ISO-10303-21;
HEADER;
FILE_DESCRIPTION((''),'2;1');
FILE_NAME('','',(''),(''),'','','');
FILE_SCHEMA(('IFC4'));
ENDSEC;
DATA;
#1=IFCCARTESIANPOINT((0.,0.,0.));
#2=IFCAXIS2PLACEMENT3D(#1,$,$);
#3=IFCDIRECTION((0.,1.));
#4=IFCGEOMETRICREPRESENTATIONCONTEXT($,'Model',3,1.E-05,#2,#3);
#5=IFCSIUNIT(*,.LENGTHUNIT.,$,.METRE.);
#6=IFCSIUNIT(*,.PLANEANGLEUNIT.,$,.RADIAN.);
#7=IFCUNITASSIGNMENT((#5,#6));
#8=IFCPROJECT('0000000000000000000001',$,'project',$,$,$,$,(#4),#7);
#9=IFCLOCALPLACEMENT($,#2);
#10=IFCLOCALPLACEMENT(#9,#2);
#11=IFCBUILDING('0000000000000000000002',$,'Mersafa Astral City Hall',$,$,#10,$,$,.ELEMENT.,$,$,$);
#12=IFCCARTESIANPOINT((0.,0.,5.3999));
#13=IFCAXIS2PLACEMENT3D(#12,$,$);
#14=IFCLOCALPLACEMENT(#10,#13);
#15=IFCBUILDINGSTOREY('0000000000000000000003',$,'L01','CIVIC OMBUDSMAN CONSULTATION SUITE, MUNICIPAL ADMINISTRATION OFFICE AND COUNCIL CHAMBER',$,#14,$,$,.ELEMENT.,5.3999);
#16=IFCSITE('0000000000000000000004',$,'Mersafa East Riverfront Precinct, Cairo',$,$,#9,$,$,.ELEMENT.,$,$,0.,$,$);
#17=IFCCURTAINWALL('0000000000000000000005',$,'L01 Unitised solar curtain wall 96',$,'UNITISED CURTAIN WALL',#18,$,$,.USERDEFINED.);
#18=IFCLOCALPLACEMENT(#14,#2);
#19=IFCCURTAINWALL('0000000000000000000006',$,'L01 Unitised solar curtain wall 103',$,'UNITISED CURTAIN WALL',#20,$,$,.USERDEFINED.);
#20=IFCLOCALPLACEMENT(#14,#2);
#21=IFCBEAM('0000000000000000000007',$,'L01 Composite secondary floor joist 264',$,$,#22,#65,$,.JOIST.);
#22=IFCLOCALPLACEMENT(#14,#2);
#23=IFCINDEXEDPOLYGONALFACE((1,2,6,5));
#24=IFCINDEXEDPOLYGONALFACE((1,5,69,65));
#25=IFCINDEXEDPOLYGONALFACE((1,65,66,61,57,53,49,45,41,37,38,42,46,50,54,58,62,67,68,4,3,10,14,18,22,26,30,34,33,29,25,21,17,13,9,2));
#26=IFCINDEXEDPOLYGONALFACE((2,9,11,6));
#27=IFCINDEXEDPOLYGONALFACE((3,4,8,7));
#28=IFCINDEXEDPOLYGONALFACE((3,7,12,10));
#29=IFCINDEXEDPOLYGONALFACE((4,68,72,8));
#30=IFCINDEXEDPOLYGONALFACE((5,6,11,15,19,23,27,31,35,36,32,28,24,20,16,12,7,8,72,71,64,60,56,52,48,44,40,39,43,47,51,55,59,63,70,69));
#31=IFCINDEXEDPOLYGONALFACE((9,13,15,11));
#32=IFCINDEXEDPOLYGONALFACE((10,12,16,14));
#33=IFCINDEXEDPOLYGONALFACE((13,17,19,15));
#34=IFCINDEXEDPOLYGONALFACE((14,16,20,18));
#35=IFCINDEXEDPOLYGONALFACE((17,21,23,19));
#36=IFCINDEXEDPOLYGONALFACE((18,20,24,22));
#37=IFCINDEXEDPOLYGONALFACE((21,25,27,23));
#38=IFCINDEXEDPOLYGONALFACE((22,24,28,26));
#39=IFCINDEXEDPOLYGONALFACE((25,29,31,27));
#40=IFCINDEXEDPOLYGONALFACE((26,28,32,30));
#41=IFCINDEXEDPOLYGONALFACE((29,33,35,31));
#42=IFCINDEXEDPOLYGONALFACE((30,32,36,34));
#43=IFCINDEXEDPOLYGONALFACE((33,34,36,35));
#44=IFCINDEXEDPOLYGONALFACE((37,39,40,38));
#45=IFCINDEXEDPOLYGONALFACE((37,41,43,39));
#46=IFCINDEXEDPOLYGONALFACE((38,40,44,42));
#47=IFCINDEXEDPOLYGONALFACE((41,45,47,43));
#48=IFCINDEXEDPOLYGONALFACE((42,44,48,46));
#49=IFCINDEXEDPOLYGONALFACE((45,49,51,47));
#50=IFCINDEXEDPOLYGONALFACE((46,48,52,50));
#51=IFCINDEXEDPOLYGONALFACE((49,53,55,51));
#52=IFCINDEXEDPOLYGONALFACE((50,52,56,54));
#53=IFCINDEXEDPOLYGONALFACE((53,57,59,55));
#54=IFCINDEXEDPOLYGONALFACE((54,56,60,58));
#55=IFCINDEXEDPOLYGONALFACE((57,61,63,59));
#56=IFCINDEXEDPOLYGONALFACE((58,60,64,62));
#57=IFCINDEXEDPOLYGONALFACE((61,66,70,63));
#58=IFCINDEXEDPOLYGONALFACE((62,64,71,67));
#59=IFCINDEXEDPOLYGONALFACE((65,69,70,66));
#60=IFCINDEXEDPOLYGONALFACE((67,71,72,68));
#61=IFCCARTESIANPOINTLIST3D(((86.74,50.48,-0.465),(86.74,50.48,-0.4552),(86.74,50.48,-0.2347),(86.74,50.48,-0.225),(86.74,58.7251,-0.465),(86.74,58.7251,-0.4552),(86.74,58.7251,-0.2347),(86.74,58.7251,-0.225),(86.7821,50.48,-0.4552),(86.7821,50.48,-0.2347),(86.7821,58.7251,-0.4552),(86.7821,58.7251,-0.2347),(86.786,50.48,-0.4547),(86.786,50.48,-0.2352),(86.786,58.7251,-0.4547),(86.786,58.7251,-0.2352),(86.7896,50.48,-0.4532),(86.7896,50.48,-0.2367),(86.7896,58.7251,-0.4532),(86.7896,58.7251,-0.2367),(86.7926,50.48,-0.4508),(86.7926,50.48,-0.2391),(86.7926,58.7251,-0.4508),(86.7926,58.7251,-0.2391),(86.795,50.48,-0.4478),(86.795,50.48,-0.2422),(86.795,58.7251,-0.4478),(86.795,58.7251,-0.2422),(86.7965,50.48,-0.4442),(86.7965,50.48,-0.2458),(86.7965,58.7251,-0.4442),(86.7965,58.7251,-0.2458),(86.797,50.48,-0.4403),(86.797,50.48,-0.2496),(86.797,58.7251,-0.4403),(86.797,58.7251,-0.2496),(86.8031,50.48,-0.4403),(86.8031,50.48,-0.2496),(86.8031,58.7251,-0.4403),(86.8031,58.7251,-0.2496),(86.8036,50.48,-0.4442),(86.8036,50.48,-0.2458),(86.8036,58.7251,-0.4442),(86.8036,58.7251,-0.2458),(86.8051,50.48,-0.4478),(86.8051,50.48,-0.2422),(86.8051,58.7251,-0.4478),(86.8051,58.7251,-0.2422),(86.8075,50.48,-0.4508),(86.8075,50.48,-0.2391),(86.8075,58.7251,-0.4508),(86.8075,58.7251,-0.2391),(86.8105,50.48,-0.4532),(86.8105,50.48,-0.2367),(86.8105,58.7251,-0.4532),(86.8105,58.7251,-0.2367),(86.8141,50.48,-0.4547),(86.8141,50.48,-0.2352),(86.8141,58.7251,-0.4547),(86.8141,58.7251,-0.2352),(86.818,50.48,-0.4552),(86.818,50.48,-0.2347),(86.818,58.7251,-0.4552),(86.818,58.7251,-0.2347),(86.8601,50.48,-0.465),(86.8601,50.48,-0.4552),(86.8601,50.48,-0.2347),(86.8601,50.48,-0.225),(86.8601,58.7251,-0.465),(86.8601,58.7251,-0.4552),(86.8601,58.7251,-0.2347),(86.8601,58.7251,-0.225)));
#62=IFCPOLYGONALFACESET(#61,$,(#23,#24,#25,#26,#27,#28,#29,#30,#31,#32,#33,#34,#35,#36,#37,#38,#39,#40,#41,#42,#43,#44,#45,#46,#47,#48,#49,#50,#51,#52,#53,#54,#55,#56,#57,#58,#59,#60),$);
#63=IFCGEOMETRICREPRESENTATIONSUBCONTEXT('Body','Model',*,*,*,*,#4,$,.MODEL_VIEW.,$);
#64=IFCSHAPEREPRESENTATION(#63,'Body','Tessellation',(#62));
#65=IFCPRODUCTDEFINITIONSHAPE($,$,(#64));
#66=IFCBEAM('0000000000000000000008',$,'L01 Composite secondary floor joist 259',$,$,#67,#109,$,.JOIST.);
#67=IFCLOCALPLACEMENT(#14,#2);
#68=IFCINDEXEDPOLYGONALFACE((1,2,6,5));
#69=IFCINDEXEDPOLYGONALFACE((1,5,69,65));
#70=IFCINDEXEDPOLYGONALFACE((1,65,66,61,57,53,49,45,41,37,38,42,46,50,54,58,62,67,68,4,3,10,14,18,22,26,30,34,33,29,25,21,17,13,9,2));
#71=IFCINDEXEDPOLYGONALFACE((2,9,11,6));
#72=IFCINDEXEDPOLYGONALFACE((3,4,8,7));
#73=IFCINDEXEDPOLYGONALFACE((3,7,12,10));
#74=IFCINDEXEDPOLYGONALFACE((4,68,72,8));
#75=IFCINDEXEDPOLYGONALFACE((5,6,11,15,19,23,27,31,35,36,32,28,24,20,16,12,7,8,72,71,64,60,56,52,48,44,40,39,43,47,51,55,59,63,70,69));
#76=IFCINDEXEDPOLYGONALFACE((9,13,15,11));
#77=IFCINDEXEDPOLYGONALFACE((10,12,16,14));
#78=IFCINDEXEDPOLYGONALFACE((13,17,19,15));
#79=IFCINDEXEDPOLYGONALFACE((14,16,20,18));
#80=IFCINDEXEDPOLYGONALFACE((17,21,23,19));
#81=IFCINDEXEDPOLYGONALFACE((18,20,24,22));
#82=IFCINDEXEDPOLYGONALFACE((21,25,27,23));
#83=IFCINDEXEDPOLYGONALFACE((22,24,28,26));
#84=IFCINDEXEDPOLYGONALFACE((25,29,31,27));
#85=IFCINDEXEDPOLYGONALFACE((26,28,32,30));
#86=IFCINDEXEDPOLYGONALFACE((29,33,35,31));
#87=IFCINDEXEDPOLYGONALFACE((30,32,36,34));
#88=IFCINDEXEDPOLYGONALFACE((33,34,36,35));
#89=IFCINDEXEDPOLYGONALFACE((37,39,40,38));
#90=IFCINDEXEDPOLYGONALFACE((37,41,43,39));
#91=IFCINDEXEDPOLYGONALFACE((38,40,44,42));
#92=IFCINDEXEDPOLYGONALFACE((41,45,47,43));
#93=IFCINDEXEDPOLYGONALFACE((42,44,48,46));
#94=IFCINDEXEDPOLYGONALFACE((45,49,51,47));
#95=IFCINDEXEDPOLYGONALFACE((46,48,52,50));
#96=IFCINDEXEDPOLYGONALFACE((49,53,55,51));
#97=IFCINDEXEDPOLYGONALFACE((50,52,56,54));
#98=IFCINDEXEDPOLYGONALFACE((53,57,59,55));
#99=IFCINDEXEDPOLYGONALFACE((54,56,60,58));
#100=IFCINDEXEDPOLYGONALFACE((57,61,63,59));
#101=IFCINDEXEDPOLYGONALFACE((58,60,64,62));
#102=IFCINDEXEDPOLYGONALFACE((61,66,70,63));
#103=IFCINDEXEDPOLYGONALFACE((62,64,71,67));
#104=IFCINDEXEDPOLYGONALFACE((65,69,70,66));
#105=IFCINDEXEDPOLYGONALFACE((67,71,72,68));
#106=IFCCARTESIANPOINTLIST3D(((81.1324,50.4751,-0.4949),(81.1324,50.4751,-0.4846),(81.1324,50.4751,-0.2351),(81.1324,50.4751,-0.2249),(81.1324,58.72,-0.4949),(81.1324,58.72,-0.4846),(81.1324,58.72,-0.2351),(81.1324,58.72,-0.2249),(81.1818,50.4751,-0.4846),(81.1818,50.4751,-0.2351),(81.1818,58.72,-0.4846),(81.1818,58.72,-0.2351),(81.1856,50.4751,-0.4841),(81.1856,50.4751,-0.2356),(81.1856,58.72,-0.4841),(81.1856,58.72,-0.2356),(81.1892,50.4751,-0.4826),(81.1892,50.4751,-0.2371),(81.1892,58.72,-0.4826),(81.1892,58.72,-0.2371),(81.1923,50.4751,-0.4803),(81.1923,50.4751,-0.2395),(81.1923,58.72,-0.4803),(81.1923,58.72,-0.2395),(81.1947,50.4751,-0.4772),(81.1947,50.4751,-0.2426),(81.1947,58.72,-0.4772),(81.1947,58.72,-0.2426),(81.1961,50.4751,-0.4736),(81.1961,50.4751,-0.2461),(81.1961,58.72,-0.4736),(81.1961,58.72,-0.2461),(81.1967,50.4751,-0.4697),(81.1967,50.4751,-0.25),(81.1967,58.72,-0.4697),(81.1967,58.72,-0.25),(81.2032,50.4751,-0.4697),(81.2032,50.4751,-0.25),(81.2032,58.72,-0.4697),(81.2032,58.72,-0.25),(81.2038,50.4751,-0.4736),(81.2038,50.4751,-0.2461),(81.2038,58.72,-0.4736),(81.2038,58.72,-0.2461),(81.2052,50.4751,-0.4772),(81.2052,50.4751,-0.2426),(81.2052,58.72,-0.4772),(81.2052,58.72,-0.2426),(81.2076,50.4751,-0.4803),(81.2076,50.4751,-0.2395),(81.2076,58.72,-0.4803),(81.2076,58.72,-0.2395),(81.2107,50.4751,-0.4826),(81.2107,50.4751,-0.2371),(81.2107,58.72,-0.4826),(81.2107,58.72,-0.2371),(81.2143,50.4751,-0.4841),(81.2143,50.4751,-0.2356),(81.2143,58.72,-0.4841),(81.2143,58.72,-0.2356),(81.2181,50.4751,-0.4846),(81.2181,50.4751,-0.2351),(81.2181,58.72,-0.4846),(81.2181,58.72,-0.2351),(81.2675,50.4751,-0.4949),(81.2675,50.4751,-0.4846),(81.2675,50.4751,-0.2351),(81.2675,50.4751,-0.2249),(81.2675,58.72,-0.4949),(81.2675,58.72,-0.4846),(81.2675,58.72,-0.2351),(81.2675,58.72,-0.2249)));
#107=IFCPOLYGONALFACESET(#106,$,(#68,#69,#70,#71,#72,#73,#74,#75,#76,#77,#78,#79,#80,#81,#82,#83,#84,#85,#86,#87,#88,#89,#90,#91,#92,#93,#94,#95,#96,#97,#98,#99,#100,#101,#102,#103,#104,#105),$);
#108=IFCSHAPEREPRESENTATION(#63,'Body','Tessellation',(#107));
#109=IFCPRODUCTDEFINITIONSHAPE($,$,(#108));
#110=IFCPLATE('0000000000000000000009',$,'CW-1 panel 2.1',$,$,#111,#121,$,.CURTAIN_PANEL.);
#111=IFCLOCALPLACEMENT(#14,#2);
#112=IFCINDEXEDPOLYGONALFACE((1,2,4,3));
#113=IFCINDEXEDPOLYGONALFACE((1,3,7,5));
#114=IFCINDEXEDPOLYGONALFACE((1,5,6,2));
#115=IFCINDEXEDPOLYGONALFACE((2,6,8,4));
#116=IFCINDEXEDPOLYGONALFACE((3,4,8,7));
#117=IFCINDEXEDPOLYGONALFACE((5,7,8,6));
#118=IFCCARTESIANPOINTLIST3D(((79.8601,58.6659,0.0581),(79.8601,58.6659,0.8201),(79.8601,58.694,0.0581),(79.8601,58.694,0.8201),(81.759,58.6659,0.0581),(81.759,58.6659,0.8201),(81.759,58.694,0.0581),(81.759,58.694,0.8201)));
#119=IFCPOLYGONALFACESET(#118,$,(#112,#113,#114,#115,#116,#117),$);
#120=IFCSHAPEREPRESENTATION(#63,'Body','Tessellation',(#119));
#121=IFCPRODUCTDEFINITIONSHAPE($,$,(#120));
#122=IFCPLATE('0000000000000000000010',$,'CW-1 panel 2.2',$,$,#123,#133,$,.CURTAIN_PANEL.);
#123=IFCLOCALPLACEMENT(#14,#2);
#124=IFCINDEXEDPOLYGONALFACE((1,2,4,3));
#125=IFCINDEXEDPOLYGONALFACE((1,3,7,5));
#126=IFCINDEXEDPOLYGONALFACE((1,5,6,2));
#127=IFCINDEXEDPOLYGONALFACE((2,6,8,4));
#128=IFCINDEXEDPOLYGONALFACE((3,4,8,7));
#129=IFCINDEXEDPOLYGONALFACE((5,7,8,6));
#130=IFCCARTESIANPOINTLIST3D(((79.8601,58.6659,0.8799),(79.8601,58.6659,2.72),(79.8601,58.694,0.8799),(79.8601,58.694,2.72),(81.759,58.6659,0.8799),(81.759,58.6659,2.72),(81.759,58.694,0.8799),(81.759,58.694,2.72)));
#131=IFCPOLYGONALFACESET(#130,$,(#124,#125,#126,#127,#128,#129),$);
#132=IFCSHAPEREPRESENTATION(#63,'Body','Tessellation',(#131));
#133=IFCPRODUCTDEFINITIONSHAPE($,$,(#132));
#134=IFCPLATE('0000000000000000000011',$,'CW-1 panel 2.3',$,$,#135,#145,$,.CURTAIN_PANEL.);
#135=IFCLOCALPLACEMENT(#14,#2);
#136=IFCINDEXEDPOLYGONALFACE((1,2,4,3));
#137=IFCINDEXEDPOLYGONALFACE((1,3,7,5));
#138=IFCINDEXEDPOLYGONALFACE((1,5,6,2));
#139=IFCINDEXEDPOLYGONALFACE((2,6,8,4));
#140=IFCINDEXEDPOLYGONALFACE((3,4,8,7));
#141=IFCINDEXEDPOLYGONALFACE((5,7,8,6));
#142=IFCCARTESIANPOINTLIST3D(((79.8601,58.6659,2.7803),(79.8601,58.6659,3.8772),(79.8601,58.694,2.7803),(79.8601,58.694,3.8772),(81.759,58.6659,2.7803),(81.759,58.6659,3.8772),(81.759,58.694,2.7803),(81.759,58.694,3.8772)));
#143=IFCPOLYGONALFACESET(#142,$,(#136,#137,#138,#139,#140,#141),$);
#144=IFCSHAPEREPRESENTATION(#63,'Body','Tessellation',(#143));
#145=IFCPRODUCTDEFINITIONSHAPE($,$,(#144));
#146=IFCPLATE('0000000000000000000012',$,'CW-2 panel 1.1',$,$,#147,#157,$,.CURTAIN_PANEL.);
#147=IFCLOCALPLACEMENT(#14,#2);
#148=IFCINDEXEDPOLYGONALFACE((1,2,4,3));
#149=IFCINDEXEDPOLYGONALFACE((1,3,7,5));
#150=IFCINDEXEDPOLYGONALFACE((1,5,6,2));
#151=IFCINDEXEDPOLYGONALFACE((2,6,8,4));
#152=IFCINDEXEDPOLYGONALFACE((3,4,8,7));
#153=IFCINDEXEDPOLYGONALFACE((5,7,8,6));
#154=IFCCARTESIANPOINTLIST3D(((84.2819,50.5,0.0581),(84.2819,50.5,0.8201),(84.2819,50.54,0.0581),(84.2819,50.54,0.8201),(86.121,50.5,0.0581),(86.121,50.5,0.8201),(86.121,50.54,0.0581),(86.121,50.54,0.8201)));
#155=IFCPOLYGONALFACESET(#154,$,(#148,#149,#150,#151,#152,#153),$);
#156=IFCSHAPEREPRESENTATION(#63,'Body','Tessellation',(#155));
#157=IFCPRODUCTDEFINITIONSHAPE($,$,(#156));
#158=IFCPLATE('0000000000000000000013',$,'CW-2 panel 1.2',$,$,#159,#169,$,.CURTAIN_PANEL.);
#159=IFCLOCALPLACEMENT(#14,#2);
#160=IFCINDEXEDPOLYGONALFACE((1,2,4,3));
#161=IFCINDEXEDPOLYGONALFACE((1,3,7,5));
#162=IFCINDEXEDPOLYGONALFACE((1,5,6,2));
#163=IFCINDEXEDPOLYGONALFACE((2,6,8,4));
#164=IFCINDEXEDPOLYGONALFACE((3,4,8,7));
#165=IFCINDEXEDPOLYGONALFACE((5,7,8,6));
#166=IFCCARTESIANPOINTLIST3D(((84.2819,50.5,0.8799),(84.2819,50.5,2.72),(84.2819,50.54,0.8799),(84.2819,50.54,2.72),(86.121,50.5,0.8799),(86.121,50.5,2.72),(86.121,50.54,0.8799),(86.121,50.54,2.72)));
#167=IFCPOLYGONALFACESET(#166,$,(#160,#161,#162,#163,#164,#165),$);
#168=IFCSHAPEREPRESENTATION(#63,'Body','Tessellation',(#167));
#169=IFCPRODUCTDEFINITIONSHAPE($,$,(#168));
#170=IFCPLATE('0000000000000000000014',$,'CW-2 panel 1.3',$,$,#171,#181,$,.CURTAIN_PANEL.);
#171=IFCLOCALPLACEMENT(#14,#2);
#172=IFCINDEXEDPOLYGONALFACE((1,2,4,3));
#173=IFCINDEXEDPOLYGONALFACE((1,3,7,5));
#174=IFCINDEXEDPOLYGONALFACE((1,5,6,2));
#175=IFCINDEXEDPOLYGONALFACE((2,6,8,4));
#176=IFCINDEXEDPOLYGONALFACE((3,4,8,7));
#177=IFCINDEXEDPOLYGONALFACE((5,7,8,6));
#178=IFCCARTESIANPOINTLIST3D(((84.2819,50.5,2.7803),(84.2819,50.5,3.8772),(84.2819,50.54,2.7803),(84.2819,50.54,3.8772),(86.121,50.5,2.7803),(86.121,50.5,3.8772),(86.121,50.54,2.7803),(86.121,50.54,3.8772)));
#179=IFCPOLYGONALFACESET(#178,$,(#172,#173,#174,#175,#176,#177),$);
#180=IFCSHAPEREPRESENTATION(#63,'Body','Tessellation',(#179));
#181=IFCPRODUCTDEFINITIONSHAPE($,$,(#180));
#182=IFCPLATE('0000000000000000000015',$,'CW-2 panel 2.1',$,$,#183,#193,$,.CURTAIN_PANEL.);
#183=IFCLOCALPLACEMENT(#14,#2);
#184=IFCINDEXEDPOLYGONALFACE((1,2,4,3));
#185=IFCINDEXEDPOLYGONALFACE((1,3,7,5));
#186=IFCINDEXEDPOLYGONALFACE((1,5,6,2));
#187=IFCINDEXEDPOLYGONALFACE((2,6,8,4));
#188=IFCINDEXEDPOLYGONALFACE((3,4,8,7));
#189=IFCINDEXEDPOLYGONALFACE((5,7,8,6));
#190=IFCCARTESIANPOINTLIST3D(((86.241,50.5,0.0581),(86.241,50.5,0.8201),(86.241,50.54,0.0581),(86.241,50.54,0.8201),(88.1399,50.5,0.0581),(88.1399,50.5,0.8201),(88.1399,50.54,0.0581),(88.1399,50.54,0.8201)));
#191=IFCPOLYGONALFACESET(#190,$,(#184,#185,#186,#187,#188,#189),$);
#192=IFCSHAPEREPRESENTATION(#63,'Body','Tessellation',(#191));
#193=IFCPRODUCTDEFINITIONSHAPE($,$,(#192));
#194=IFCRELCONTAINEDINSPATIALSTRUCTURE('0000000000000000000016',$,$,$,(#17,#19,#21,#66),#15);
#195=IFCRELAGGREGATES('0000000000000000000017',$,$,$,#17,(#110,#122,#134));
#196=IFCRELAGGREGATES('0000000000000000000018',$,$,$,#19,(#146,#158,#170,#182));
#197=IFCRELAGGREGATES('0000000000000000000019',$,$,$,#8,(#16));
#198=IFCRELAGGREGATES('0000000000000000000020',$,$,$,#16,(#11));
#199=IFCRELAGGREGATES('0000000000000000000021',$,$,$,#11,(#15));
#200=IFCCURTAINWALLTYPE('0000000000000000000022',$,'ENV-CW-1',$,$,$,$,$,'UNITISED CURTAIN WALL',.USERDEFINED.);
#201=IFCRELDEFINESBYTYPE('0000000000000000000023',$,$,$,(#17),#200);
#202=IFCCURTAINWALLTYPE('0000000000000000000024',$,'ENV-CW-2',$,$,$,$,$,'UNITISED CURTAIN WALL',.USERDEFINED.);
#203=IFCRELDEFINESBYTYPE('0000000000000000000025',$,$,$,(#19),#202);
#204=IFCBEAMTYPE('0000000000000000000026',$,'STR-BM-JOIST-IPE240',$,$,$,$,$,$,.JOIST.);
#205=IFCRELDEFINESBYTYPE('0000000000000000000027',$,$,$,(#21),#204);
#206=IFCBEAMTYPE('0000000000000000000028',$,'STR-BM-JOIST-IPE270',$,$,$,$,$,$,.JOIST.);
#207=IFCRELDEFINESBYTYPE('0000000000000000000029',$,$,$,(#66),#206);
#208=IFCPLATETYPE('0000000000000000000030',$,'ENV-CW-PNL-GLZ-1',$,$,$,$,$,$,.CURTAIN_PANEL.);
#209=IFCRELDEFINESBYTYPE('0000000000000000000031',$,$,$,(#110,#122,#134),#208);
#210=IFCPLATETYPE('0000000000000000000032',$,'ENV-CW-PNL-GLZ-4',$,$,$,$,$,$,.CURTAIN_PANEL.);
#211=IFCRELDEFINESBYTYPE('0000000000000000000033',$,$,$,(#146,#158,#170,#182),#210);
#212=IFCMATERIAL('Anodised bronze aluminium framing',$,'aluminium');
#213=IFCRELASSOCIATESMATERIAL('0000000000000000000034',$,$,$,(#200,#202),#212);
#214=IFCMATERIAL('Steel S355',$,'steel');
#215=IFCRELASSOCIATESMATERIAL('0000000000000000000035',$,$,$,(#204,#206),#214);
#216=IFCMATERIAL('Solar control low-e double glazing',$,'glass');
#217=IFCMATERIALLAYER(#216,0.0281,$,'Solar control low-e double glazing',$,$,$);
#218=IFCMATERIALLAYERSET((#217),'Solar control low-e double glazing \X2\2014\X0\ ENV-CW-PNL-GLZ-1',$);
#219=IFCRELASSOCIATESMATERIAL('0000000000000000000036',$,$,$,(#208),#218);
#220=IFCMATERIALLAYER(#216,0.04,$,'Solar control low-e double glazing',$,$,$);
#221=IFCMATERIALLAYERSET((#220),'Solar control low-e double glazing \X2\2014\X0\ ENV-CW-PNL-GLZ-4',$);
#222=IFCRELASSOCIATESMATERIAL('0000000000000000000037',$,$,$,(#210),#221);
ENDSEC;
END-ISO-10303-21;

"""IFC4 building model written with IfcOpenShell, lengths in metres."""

from ifc_helpers import new_model, si_unit, direction, frame, origin, origin_2d, place, context, subcontext, project, spatial, rectangle, i_section, extrude, material, layer, layer_set, material_profile, profile_set, type_object, element, aggregate, save


model = new_model("IFC4")

# Units and contexts
model_context = context("Model", 3, precision=1e-05, world=origin(), true_north=direction((0.0, 1.0)))
body_context = subcontext(model_context, "Body", "Model", "MODEL_VIEW")
ifc_project = project(units=[si_unit("LENGTHUNIT", "METRE"), si_unit("PLANEANGLEUNIT", "RADIAN")], contexts=[model_context])

# Site, building, storey
site_placement = place(None, origin())
site = spatial("IfcSite", under=ifc_project, at=site_placement, Name="Mersafa East Riverfront Precinct, Cairo", CompositionType="ELEMENT", RefElevation=0.0)
building_placement = place(site_placement, origin())
building = spatial("IfcBuilding", under=site, at=building_placement, Name="Mersafa Astral City Hall", CompositionType="ELEMENT")
storey_placement = place(building_placement, frame((0.0, 0.0, 5.3999)))
storey = spatial("IfcBuildingStorey", under=building, at=storey_placement, Name="L01", Description="CIVIC OMBUDSMAN CONSULTATION SUITE, MUNICIPAL ADMINISTRATION OFFICE AND COUNCIL CHAMBER", CompositionType="ELEMENT", Elevation=5.3999)

# Curtain wall
ifc_material_1 = material(Name="Anodised bronze aluminium framing", Category="aluminium")
curtain_wall_type_1 = type_object("IfcCurtainWallType", Name="ENV-CW-1", ElementType="UNITISED CURTAIN WALL", PredefinedType="USERDEFINED", material=ifc_material_1)
curtain_wall_1_placement = place(storey_placement, origin())
curtain_wall_1 = element("IfcCurtainWall", 1, at=curtain_wall_1_placement, inside=storey, type_object=curtain_wall_type_1, Name="L01 Unitised solar curtain wall 96", ObjectType="UNITISED CURTAIN WALL", PredefinedType="USERDEFINED")

# Curtain wall
curtain_wall_type_2 = type_object("IfcCurtainWallType", Name="ENV-CW-2", ElementType="UNITISED CURTAIN WALL", PredefinedType="USERDEFINED", material=ifc_material_1)
curtain_wall_2_placement = place(storey_placement, origin())
curtain_wall_2 = element("IfcCurtainWall", 2, at=curtain_wall_2_placement, inside=storey, type_object=curtain_wall_type_2, Name="L01 Unitised solar curtain wall 103", ObjectType="UNITISED CURTAIN WALL", PredefinedType="USERDEFINED")

# Beams
ifc_material_2 = material(Name="Steel S355", Category="steel")
ifc_material_profile_1 = material_profile(ifc_material_2, i_section(OverallWidth=0.1201, OverallDepth=0.24, WebThickness=0.0061, FlangeThickness=0.0098, FilletRadius=0.0149, at=origin_2d()), Name="IPE 240")
ifc_profile_set_1 = profile_set([ifc_material_profile_1], Name="Steel S355")
beam_type_1 = type_object("IfcBeamType", Name="STR-BM-JOIST-IPE240", PredefinedType="JOIST", material=ifc_profile_set_1)
beam_1_placement = place(storey_placement, frame((86.8, 50.48, -0.345), z_axis=(0.0, 1.0, 0.0), x_axis=(-1.0, 0.0, 0.0)))
element("IfcBeam", 3, at=beam_1_placement, inside=storey, type_object=beam_type_1, Name="L01 Composite secondary floor joist 264", PredefinedType="JOIST", context=body_context, shape_type="SweptSolid", body=[
    extrude(i_section(OverallWidth=0.1201, OverallDepth=0.24, WebThickness=0.0061, FlangeThickness=0.0098, FilletRadius=0.0149, at=origin_2d()), origin(), (0.0, 0.0, 1.0), 8.2451),
])
ifc_material_profile_2 = material_profile(ifc_material_2, i_section(OverallWidth=0.135, OverallDepth=0.27, WebThickness=0.0066, FlangeThickness=0.0103, FilletRadius=0.0149, at=origin_2d()), Name="IPE 270")
ifc_profile_set_2 = profile_set([ifc_material_profile_2], Name="Steel S355")
beam_type_2 = type_object("IfcBeamType", Name="STR-BM-JOIST-IPE270", PredefinedType="JOIST", material=ifc_profile_set_2)
beam_2_placement = place(storey_placement, frame((81.2, 50.4751, -0.3599), z_axis=(0.0, 1.0, 0.0), x_axis=(-1.0, 0.0, 0.0)))
element("IfcBeam", 4, at=beam_2_placement, inside=storey, type_object=beam_type_2, Name="L01 Composite secondary floor joist 259", PredefinedType="JOIST", context=body_context, shape_type="SweptSolid", body=[
    extrude(i_section(OverallWidth=0.135, OverallDepth=0.27, WebThickness=0.0066, FlangeThickness=0.0103, FilletRadius=0.0149, at=origin_2d()), origin(), (0.0, 0.0, 1.0), 8.2449),
])

# Plates
ifc_material_3 = material(Name="Solar control low-e double glazing", Category="glass")
ifc_layer_1 = layer(ifc_material_3, 0.0281, Name="Solar control low-e double glazing")
ifc_layer_set_1 = layer_set([ifc_layer_1], Name="Solar control low-e double glazing — ENV-CW-PNL-GLZ-1")
plate_type_1 = type_object("IfcPlateType", Name="ENV-CW-PNL-GLZ-1", PredefinedType="CURTAIN_PANEL", material=ifc_layer_set_1)
plate_1_placement = place(storey_placement, frame((80.8096, 58.6799, 0.0581), z_axis=(0.0, 0.0, 1.0), x_axis=(-1.0, 0.0, 0.0)))
plate_1 = element("IfcPlate", 5, at=plate_1_placement, type_object=plate_type_1, Name="CW-1 panel 2.1", PredefinedType="CURTAIN_PANEL", context=body_context, shape_type="SweptSolid", body=[
    extrude(rectangle(XDim=1.8989, YDim=0.0281, at=origin_2d()), origin(), (0.0, 0.0, 1.0), 0.762),
])
plate_2_placement = place(storey_placement, frame((80.8096, 58.6799, 0.8799), z_axis=(0.0, 0.0, 1.0), x_axis=(-1.0, 0.0, 0.0)))
plate_2 = element("IfcPlate", 6, at=plate_2_placement, type_object=plate_type_1, Name="CW-1 panel 2.2", PredefinedType="CURTAIN_PANEL", context=body_context, shape_type="SweptSolid", body=[
    extrude(rectangle(XDim=1.8989, YDim=0.0281, at=origin_2d()), origin(), (0.0, 0.0, 1.0), 1.8401),
])
plate_3_placement = place(storey_placement, frame((80.8096, 58.6799, 2.7803), z_axis=(0.0, 0.0, 1.0), x_axis=(-1.0, 0.0, 0.0)))
plate_3 = element("IfcPlate", 7, at=plate_3_placement, type_object=plate_type_1, Name="CW-1 panel 2.3", PredefinedType="CURTAIN_PANEL", context=body_context, shape_type="SweptSolid", body=[
    extrude(rectangle(XDim=1.8989, YDim=0.0281, at=origin_2d()), origin(), (0.0, 0.0, 1.0), 1.0969),
])
aggregate(curtain_wall_1, [plate_1, plate_2, plate_3])
ifc_layer_2 = layer(ifc_material_3, 0.04, Name="Solar control low-e double glazing")
ifc_layer_set_2 = layer_set([ifc_layer_2], Name="Solar control low-e double glazing — ENV-CW-PNL-GLZ-4")
plate_type_2 = type_object("IfcPlateType", Name="ENV-CW-PNL-GLZ-4", PredefinedType="CURTAIN_PANEL", material=ifc_layer_set_2)
plate_4_placement = place(storey_placement, frame((85.2014, 50.52, 0.0581), z_axis=(0.0, 0.0, 1.0), x_axis=(1.0, 0.0, 0.0)))
plate_4 = element("IfcPlate", 8, at=plate_4_placement, type_object=plate_type_2, Name="CW-2 panel 1.1", PredefinedType="CURTAIN_PANEL", context=body_context, shape_type="SweptSolid", body=[
    extrude(rectangle(XDim=1.8391, YDim=0.04, at=origin_2d()), origin(), (0.0, 0.0, 1.0), 0.762),
])
plate_5_placement = place(storey_placement, frame((85.2014, 50.52, 0.8799), z_axis=(0.0, 0.0, 1.0), x_axis=(1.0, 0.0, 0.0)))
plate_5 = element("IfcPlate", 9, at=plate_5_placement, type_object=plate_type_2, Name="CW-2 panel 1.2", PredefinedType="CURTAIN_PANEL", context=body_context, shape_type="SweptSolid", body=[
    extrude(rectangle(XDim=1.8391, YDim=0.04, at=origin_2d()), origin(), (0.0, 0.0, 1.0), 1.8401),
])
plate_6_placement = place(storey_placement, frame((85.2014, 50.52, 2.7803), z_axis=(0.0, 0.0, 1.0), x_axis=(1.0, 0.0, 0.0)))
plate_6 = element("IfcPlate", 10, at=plate_6_placement, type_object=plate_type_2, Name="CW-2 panel 1.3", PredefinedType="CURTAIN_PANEL", context=body_context, shape_type="SweptSolid", body=[
    extrude(rectangle(XDim=1.8391, YDim=0.04, at=origin_2d()), origin(), (0.0, 0.0, 1.0), 1.0969),
])
plate_7_placement = place(storey_placement, frame((87.1904, 50.52, 0.0581), z_axis=(0.0, 0.0, 1.0), x_axis=(1.0, 0.0, 0.0)))
plate_7 = element("IfcPlate", 11, at=plate_7_placement, type_object=plate_type_2, Name="CW-2 panel 2.1", PredefinedType="CURTAIN_PANEL", context=body_context, shape_type="SweptSolid", body=[
    extrude(rectangle(XDim=1.8989, YDim=0.04, at=origin_2d()), origin(), (0.0, 0.0, 1.0), 0.762),
])
aggregate(curtain_wall_2, [plate_4, plate_5, plate_6, plate_7])

save(model, "model.ifc")
